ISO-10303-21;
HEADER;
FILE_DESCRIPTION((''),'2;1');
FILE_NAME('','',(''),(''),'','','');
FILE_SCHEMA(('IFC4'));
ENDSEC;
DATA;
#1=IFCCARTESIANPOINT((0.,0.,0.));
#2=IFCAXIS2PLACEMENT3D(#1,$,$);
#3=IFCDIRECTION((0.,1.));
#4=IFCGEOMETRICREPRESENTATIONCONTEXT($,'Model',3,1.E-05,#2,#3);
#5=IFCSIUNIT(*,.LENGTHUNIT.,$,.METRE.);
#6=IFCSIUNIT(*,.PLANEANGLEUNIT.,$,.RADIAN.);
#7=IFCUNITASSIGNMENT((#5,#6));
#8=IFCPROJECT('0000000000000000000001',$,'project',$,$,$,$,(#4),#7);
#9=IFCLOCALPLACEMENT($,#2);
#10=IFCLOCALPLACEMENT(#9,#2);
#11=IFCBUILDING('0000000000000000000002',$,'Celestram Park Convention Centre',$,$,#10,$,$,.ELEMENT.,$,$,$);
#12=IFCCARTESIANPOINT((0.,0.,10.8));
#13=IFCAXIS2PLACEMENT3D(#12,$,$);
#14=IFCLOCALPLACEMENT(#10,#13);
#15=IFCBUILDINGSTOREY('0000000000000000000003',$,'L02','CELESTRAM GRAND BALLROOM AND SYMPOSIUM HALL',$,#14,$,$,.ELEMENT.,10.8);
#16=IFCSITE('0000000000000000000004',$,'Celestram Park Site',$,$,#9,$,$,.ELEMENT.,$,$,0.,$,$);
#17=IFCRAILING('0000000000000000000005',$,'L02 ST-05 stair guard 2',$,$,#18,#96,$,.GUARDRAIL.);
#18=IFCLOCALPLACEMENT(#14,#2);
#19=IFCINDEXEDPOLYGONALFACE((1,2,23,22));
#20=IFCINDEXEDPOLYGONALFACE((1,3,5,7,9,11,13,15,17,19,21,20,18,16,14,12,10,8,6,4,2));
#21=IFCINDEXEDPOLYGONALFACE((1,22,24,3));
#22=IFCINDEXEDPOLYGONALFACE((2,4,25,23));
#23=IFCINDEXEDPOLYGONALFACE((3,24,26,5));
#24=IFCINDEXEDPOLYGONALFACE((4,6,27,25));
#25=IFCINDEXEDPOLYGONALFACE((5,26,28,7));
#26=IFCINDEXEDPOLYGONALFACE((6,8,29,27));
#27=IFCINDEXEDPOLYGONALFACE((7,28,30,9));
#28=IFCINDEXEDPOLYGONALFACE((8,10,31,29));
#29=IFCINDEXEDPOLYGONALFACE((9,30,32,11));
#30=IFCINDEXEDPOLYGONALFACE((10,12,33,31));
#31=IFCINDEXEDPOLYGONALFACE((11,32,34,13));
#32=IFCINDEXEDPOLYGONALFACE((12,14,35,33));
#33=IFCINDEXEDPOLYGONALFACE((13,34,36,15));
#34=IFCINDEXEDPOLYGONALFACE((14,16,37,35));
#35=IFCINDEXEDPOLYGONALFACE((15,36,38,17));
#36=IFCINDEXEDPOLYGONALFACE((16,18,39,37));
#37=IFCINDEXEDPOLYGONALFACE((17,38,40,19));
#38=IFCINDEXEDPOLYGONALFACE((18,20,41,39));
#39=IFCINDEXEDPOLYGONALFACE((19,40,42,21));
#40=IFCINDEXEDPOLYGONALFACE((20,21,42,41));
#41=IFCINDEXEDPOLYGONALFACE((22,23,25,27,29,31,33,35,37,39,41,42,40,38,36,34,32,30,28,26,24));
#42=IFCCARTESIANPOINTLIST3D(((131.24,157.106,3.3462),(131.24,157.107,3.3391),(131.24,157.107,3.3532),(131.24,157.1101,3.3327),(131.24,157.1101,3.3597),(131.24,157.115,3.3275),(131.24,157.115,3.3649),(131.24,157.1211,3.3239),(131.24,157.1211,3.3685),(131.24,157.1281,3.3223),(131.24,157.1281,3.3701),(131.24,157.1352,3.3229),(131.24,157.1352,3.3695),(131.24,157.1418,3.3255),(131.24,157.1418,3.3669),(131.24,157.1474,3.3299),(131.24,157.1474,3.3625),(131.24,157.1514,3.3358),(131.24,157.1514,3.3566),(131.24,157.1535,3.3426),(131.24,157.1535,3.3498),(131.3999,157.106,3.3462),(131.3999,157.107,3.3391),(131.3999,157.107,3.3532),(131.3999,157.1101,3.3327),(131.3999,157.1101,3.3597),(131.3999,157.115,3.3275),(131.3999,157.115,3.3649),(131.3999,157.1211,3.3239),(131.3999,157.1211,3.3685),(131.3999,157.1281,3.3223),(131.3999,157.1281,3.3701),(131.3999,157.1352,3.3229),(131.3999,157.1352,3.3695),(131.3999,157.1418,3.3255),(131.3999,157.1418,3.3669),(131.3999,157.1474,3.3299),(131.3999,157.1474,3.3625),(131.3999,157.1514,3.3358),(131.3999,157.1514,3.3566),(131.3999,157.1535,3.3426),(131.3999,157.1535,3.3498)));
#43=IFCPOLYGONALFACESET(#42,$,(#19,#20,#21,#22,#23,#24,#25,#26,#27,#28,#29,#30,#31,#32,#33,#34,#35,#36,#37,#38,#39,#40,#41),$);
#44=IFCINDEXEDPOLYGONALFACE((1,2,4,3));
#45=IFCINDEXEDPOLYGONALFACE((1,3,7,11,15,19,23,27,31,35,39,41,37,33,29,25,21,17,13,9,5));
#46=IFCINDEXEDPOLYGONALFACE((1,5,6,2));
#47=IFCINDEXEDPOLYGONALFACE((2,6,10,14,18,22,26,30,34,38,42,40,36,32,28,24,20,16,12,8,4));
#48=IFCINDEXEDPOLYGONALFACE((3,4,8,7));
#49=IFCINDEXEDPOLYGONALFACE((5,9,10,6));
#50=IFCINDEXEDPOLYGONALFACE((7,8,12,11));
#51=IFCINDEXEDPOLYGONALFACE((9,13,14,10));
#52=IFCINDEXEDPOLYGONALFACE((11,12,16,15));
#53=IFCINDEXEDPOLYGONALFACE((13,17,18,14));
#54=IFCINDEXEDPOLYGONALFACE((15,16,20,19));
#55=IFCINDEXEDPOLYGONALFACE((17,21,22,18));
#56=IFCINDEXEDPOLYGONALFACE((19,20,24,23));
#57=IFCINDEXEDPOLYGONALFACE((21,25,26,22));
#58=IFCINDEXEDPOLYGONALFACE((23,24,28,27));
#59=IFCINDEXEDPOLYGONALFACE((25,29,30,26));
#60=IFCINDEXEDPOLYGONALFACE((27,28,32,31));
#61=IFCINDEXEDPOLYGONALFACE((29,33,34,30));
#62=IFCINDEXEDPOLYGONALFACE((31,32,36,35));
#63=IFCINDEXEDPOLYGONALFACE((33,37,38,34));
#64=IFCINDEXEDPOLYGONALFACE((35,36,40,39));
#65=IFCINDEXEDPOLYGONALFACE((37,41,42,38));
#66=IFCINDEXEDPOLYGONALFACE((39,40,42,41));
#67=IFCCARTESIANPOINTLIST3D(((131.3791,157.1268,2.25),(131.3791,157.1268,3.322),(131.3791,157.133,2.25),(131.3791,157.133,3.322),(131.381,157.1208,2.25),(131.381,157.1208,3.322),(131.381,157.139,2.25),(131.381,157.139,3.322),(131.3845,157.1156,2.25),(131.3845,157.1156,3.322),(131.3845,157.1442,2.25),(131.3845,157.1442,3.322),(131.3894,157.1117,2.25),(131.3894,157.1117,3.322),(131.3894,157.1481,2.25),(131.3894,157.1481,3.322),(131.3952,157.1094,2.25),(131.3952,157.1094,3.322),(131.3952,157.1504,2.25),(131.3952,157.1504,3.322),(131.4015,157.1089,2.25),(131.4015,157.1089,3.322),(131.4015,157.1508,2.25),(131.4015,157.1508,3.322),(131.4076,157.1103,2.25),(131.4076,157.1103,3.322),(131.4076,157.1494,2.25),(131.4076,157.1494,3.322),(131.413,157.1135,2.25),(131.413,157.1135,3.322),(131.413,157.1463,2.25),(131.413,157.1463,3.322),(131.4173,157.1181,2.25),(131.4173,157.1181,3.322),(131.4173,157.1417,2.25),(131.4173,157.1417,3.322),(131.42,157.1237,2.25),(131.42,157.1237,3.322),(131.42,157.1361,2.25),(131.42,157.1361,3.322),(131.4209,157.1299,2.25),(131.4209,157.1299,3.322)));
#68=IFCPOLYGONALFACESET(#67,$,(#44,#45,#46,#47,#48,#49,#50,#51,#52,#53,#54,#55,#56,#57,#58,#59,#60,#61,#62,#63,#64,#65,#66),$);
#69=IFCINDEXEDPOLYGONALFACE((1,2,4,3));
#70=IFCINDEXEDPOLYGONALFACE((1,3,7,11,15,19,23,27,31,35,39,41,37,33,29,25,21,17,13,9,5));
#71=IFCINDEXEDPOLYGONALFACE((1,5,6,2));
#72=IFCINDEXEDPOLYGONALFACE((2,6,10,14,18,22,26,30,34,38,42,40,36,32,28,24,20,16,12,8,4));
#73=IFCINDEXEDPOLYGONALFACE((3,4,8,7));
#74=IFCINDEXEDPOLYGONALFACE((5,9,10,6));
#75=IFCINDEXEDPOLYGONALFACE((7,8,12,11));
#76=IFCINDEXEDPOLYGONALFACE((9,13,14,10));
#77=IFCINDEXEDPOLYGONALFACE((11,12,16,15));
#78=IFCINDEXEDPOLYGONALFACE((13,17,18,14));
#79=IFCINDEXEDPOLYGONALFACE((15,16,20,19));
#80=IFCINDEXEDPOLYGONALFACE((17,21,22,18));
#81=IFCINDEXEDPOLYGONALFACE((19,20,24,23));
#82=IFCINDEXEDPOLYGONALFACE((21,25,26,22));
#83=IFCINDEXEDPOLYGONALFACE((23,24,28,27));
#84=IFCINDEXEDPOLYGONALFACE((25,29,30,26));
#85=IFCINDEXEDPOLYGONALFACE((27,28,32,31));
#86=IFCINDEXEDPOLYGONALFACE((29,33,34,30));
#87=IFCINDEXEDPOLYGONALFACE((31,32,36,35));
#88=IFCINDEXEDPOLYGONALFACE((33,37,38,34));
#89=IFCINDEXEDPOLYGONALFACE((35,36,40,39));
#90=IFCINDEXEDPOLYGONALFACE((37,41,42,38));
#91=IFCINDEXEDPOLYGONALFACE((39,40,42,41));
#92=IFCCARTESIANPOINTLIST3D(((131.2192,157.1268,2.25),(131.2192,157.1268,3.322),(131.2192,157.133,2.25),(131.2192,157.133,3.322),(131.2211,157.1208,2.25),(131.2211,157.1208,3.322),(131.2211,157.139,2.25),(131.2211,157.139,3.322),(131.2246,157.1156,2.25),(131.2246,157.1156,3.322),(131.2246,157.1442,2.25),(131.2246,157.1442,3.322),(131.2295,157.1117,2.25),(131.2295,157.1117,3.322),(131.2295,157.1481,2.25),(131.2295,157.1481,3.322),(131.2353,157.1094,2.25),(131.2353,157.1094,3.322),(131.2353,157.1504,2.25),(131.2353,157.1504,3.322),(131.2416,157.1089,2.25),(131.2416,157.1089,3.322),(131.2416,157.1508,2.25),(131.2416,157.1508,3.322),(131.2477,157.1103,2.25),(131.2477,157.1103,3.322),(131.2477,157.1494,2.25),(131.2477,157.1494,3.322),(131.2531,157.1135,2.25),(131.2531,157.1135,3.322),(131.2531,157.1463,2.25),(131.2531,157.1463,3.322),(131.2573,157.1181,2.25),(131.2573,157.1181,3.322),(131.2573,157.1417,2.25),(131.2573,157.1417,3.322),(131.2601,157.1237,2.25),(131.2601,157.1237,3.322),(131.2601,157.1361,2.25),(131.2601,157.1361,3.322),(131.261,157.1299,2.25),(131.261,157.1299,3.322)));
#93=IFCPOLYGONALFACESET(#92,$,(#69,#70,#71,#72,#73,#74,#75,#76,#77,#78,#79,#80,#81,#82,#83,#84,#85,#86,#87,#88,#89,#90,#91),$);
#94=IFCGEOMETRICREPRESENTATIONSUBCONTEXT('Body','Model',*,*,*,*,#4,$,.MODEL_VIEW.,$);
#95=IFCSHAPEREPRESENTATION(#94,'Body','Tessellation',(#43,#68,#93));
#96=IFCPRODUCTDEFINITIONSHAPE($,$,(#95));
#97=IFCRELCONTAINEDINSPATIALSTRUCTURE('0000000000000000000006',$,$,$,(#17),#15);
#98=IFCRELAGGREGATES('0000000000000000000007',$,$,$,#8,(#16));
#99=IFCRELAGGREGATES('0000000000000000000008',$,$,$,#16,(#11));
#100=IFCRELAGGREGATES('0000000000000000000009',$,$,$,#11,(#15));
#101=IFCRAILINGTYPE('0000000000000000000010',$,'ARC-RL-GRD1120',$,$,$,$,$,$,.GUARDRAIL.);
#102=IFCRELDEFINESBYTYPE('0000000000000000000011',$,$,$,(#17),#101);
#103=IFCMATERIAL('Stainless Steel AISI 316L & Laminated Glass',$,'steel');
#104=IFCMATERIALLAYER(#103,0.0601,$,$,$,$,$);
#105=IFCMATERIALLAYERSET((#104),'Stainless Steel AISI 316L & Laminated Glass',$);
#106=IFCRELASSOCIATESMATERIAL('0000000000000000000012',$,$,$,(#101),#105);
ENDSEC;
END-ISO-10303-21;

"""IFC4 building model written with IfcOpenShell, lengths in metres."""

from ifc_helpers import new_model, si_unit, direction, frame, origin, origin_2d, place, context, subcontext, project, spatial, circle, extrude, material, layer, layer_set, type_object, element, save


model = new_model("IFC4")

# Units and contexts
model_context = context("Model", 3, precision=1e-05, world=origin(), true_north=direction((0.0, 1.0)))
body_context = subcontext(model_context, "Body", "Model", "MODEL_VIEW")
ifc_project = project(units=[si_unit("LENGTHUNIT", "METRE"), si_unit("PLANEANGLEUNIT", "RADIAN")], contexts=[model_context])

# Site, building, storey
site_placement = place(None, origin())
site = spatial("IfcSite", under=ifc_project, at=site_placement, Name="Celestram Park Site", CompositionType="ELEMENT", RefElevation=0.0)
building_placement = place(site_placement, origin())
building = spatial("IfcBuilding", under=site, at=building_placement, Name="Celestram Park Convention Centre", CompositionType="ELEMENT")
storey_placement = place(building_placement, frame((0.0, 0.0, 10.8)))
storey = spatial("IfcBuildingStorey", under=building, at=storey_placement, Name="L02", Description="CELESTRAM GRAND BALLROOM AND SYMPOSIUM HALL", CompositionType="ELEMENT", Elevation=10.8)

# Railing
ifc_material_1 = material(Name="Stainless Steel AISI 316L & Laminated Glass", Category="steel")
ifc_layer_1 = layer(ifc_material_1, 0.0601)
ifc_layer_set_1 = layer_set([ifc_layer_1], Name="Stainless Steel AISI 316L & Laminated Glass")
railing_type_1 = type_object("IfcRailingType", Name="ARC-RL-GRD1120", PredefinedType="GUARDRAIL", material=ifc_layer_set_1)
railing_1_placement = place(storey_placement, frame((131.3999, 157.1299, 2.25)))
element("IfcRailing", 1, at=railing_1_placement, inside=storey, type_object=railing_type_1, Name="L02 ST-05 stair guard 2", PredefinedType="GUARDRAIL", context=body_context, shape_type="SweptSolid", body=[
    extrude(circle(Radius=0.0239, at=origin_2d()), frame((0.0, 0.0, 1.0962), z_axis=(-1.0, 0.0, 0.0), x_axis=(0.0, -1.0, 0.0)), (0.0, 0.0, 1.0), 0.1599),
    extrude(circle(Radius=0.021, at=origin_2d()), origin(), (0.0, 0.0, 1.0), 1.072),
    extrude(circle(Radius=0.021, at=origin_2d()), frame((-0.1599, 0.0, 0.0)), (0.0, 0.0, 1.0), 1.072),
])

save(model, "model.ifc")
